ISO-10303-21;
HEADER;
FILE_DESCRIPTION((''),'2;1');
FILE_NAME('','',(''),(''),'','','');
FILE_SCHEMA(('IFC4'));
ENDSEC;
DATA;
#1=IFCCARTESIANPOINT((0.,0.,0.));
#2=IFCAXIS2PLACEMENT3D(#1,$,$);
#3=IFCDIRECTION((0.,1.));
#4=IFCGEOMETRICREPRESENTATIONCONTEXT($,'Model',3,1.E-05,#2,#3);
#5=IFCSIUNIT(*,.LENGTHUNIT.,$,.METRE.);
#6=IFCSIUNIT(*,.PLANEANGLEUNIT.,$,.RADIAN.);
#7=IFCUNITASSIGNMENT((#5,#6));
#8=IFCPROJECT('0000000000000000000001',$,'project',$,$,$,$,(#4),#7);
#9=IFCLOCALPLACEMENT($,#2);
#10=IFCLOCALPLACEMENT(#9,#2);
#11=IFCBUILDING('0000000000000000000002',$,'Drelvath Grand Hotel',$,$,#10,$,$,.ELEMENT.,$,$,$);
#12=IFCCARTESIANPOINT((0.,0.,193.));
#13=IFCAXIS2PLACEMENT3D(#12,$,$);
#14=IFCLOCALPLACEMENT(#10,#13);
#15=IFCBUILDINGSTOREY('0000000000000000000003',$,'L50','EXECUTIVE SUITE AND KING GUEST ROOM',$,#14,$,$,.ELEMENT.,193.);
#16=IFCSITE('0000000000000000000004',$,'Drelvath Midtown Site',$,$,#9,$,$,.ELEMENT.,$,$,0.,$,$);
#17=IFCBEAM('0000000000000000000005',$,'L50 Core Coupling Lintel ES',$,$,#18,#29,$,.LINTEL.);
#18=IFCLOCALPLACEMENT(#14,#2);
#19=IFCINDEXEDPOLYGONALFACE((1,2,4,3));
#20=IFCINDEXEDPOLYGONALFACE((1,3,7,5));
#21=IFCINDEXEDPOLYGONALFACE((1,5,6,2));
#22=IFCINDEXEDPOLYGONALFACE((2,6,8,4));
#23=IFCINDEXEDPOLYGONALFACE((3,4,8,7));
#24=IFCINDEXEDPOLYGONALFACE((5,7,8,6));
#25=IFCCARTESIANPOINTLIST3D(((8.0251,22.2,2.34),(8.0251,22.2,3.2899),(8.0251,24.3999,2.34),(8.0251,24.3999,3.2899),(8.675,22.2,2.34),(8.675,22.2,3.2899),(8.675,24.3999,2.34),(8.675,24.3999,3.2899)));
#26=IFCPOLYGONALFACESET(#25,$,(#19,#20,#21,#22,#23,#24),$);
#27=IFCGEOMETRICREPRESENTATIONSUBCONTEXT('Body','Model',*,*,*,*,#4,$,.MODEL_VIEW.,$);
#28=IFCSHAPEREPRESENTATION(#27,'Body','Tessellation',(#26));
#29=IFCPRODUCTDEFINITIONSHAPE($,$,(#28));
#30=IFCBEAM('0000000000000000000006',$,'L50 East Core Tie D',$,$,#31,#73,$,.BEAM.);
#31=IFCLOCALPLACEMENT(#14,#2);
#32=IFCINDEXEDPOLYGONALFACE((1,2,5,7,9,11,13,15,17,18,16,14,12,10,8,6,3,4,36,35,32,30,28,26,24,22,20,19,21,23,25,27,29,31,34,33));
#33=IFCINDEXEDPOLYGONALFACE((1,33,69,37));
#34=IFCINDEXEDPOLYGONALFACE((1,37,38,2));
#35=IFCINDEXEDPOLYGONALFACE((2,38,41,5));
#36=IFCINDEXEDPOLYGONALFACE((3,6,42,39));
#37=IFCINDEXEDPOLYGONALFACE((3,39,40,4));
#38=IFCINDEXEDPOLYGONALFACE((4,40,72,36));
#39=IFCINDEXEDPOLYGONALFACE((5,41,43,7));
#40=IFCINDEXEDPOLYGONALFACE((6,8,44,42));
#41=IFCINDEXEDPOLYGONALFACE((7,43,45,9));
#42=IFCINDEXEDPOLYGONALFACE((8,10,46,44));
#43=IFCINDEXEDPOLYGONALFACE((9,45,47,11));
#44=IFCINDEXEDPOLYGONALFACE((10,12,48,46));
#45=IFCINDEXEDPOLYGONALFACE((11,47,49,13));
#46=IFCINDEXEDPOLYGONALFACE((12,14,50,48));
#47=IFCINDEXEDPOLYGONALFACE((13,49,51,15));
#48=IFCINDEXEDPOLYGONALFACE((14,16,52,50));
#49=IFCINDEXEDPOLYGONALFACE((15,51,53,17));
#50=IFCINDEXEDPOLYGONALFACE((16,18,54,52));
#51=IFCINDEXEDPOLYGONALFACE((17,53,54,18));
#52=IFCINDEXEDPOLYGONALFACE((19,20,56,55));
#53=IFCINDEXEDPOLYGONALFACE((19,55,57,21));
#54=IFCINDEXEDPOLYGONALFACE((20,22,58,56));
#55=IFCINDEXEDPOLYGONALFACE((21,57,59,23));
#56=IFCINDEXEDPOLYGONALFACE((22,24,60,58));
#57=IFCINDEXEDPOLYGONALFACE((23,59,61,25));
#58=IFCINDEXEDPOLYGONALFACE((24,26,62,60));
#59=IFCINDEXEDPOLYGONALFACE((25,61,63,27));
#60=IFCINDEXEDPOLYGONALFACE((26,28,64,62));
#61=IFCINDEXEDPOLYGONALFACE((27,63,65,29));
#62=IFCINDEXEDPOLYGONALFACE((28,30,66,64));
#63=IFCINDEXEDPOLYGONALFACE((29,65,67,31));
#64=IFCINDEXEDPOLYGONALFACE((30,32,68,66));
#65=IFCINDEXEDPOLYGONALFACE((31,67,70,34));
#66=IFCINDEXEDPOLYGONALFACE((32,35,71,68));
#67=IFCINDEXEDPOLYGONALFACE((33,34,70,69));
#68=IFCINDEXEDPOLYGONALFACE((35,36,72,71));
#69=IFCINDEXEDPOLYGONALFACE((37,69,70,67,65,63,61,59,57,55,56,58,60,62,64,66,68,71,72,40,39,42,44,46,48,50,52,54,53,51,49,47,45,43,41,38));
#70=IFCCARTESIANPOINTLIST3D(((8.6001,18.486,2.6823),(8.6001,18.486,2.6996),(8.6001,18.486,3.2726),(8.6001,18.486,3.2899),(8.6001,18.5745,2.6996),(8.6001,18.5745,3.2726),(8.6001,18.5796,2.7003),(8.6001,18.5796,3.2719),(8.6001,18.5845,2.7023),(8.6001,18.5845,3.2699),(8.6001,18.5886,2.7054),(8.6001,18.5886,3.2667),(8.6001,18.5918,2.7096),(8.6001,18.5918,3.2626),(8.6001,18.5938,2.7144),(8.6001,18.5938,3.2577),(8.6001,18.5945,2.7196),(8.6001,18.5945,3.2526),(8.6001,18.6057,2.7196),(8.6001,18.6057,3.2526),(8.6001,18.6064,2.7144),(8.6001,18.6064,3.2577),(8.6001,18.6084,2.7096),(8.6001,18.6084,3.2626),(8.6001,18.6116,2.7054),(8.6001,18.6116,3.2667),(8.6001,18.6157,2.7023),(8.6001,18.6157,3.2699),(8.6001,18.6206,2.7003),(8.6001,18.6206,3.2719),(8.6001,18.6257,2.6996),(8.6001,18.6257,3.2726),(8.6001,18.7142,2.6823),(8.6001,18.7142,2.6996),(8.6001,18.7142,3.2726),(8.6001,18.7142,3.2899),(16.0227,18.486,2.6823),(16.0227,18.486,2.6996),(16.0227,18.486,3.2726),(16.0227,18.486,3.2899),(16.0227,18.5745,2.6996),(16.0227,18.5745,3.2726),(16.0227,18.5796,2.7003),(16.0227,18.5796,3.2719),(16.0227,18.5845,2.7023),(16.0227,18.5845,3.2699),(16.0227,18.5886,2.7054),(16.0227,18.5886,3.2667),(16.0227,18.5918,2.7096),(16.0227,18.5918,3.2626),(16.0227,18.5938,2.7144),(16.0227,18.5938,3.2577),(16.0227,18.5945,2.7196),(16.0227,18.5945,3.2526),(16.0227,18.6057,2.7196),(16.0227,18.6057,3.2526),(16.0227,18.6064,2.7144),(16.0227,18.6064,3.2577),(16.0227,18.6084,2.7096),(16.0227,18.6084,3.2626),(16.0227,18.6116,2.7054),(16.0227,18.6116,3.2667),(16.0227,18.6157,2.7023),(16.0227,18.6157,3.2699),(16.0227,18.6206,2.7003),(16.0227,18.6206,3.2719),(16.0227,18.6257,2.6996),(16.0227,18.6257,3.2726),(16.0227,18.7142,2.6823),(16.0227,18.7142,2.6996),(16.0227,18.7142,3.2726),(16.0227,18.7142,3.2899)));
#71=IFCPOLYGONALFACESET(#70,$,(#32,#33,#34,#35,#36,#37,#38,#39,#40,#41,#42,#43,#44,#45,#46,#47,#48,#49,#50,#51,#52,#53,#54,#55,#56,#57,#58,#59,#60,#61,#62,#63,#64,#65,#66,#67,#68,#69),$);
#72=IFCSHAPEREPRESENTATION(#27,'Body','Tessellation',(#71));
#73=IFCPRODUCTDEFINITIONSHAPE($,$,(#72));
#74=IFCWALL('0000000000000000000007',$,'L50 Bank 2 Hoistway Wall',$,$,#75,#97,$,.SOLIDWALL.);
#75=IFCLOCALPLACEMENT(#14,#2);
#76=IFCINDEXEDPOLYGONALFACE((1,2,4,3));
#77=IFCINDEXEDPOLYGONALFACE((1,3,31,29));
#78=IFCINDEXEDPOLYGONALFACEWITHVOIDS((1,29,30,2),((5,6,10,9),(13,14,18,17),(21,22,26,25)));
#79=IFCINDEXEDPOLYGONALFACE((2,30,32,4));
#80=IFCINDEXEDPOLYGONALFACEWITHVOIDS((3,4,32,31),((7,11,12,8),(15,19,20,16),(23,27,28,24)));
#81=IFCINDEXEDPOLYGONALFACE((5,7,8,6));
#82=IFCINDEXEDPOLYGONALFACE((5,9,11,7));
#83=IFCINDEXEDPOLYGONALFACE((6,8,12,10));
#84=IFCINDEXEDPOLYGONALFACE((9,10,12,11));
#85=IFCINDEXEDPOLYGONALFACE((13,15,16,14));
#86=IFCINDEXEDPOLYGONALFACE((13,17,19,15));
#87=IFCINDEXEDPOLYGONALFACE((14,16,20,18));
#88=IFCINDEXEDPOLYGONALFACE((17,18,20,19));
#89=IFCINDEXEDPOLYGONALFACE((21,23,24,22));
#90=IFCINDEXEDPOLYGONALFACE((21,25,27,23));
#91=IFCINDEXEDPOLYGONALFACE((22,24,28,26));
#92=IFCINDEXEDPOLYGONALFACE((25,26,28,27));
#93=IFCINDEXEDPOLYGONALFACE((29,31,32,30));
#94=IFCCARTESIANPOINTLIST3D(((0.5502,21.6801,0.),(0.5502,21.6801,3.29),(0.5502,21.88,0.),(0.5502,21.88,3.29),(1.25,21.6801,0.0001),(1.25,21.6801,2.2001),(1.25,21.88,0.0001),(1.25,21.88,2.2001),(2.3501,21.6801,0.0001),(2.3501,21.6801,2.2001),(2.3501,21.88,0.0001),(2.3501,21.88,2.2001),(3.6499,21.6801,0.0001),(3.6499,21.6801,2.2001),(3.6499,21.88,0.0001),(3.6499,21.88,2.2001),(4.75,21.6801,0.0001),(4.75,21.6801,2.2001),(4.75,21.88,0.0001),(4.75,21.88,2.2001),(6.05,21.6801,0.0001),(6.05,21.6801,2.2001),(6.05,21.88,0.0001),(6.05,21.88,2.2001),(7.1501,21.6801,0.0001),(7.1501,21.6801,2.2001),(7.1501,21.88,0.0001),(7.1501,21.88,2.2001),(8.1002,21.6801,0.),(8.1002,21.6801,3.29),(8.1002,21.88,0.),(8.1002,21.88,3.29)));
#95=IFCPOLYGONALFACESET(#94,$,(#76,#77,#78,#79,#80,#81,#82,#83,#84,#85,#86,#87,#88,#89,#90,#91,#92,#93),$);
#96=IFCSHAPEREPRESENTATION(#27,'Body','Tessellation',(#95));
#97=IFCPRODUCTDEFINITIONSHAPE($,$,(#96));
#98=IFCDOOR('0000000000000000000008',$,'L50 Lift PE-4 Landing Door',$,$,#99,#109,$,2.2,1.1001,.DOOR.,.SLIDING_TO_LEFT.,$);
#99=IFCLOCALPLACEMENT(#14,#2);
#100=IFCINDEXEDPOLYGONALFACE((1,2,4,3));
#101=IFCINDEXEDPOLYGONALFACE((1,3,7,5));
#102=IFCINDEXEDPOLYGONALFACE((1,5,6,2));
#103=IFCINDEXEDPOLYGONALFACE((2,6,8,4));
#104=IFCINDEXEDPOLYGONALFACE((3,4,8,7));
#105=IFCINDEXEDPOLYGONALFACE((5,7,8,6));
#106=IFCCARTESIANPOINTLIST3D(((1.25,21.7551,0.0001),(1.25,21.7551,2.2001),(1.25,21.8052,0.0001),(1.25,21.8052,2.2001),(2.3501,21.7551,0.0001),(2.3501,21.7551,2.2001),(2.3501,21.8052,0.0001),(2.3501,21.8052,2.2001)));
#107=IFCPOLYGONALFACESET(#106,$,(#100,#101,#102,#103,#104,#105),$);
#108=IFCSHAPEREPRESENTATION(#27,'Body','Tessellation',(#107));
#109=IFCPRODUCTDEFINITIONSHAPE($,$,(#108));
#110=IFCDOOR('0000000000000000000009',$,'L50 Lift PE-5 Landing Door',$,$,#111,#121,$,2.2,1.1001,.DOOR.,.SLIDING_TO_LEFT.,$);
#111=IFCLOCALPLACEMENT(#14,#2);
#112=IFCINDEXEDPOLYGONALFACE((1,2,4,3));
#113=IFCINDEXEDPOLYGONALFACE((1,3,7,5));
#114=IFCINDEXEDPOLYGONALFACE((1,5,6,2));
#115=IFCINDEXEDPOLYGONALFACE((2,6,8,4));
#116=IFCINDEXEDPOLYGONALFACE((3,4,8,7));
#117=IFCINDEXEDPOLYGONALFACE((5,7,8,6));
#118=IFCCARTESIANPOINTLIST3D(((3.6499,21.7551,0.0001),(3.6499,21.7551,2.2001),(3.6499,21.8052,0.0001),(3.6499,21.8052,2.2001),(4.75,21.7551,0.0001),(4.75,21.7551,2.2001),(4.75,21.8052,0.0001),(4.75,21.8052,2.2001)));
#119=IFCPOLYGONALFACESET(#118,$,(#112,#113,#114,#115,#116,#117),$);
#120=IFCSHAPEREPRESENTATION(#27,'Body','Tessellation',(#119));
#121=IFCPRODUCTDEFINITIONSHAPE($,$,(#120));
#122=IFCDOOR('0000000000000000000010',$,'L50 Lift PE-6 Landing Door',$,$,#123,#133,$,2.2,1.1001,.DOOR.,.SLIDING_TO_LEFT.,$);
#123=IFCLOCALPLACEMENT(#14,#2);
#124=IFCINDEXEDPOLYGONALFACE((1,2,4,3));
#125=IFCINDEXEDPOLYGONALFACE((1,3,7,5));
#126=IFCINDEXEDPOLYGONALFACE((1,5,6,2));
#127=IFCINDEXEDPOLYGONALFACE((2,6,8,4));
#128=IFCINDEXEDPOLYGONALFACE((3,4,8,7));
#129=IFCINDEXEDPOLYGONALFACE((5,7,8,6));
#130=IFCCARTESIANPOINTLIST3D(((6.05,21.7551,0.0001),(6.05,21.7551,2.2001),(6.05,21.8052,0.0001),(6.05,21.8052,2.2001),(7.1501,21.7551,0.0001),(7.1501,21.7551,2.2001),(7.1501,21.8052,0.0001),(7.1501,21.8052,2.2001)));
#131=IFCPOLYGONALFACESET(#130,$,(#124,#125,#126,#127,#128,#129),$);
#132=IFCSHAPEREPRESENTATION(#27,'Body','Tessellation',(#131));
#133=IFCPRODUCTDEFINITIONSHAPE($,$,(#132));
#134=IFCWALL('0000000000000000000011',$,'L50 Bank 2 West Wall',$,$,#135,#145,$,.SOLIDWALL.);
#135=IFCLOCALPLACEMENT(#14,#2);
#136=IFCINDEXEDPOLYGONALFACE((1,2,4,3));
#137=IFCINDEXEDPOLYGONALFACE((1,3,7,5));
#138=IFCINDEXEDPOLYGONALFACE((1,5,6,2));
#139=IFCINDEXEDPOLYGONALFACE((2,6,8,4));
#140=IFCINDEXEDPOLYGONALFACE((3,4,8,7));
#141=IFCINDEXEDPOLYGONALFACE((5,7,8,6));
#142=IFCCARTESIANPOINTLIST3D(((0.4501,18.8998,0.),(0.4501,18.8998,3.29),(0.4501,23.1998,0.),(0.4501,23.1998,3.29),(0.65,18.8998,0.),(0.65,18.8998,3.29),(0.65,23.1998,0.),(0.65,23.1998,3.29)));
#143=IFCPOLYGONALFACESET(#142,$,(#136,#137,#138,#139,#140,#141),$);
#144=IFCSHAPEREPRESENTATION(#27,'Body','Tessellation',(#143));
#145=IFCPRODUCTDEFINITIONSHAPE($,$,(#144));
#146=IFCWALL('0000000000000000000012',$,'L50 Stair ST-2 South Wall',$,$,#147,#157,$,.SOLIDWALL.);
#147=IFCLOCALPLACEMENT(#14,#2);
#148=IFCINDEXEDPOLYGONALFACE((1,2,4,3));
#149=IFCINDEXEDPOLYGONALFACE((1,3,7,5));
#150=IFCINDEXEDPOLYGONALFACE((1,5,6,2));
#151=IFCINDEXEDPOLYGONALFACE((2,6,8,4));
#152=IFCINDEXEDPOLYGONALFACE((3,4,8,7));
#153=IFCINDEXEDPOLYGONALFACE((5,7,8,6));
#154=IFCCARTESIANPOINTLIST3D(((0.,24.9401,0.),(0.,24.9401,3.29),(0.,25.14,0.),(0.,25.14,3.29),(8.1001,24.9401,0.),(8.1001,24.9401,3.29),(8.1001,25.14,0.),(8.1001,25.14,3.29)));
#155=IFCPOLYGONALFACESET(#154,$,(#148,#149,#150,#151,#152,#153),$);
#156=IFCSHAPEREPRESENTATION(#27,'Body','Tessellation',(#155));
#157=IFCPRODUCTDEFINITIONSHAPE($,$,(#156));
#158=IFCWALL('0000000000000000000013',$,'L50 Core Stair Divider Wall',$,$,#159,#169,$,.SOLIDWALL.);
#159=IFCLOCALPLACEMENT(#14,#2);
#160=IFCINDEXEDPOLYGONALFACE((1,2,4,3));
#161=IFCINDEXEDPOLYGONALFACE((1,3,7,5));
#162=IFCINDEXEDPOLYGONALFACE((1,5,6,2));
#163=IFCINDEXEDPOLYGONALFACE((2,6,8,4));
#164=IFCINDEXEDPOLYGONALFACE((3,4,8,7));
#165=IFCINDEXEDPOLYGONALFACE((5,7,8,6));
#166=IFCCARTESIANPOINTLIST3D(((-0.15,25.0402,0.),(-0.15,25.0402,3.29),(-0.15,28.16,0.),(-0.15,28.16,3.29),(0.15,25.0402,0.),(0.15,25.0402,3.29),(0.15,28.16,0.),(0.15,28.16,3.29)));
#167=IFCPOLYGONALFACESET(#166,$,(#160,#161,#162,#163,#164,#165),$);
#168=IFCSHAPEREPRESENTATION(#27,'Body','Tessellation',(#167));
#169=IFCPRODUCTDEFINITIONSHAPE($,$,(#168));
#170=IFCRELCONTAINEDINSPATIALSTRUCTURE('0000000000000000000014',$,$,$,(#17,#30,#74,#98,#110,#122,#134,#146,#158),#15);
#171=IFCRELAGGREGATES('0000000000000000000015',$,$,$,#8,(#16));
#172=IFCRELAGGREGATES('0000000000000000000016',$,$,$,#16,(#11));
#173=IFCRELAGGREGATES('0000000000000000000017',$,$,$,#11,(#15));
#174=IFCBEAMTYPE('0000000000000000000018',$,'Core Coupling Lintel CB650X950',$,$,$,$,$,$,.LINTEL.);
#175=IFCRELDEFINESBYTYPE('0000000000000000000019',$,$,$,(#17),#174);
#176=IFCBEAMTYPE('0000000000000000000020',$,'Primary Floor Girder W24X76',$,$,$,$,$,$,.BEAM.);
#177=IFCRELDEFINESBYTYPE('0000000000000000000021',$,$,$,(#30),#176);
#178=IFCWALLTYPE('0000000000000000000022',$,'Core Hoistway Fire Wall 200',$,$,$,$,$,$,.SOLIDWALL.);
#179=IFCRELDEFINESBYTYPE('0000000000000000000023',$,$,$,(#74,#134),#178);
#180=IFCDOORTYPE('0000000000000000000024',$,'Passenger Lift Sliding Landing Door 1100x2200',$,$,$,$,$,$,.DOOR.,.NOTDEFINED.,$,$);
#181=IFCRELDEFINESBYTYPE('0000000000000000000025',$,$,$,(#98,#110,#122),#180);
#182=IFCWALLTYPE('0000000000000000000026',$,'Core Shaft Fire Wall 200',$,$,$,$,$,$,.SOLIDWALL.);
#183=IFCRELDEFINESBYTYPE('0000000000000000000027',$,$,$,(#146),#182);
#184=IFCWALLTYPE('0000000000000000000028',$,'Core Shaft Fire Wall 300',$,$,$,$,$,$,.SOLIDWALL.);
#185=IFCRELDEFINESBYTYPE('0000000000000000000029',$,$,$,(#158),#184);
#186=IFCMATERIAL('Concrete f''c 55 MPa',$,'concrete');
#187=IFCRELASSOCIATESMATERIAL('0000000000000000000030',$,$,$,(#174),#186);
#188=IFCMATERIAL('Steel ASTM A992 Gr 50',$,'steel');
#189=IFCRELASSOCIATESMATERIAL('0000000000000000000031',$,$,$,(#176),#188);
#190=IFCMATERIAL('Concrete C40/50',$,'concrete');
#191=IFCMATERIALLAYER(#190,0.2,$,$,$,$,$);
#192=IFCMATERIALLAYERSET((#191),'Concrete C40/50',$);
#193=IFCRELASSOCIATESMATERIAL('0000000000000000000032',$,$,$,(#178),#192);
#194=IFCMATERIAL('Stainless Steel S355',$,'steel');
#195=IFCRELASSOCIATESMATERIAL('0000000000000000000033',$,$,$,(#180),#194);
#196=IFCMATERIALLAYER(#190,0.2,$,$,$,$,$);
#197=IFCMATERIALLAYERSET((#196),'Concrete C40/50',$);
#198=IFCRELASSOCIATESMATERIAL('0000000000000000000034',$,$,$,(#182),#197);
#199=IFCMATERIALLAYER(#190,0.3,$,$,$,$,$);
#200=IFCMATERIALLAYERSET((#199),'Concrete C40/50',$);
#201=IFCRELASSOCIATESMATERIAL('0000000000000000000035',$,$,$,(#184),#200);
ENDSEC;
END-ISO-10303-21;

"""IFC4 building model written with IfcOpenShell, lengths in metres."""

from ifc_helpers import new_model, si_unit, direction, frame, frame_2d, origin, origin_2d, place, context, subcontext, project, spatial, rectangle, i_section, extrude, material, layer, layer_set, material_profile, profile_set, type_object, element, fill, save


model = new_model("IFC4")

# Units and contexts
model_context = context("Model", 3, precision=1e-05, world=origin(), true_north=direction((0.0, 1.0)))
body_context = subcontext(model_context, "Body", "Model", "MODEL_VIEW")
ifc_project = project(units=[si_unit("LENGTHUNIT", "METRE"), si_unit("PLANEANGLEUNIT", "RADIAN")], contexts=[model_context])

# Site, building, storey
site_placement = place(None, origin())
site = spatial("IfcSite", under=ifc_project, at=site_placement, Name="Drelvath Midtown Site", CompositionType="ELEMENT", RefElevation=0.0)
building_placement = place(site_placement, origin())
building = spatial("IfcBuilding", under=site, at=building_placement, Name="Drelvath Grand Hotel", CompositionType="ELEMENT")
storey_placement = place(building_placement, frame((0.0, 0.0, 193.0)))
storey = spatial("IfcBuildingStorey", under=building, at=storey_placement, Name="L50", Description="EXECUTIVE SUITE AND KING GUEST ROOM", CompositionType="ELEMENT", Elevation=193.0)

# Beams
ifc_material_1 = material(Name="Concrete f'c 55 MPa", Category="concrete")
ifc_material_profile_1 = material_profile(ifc_material_1, rectangle(XDim=0.6499, YDim=0.95, at=origin_2d()), Name="CB650X950")
ifc_profile_set_1 = profile_set([ifc_material_profile_1], Name="Concrete f'c 55 MPa")
beam_type_1 = type_object("IfcBeamType", Name="Core Coupling Lintel CB650X950", PredefinedType="LINTEL", material=ifc_profile_set_1)
beam_1_placement = place(storey_placement, frame((8.3501, 22.2, 2.8149), z_axis=(0.0, 1.0, 0.0), x_axis=(-1.0, 0.0, 0.0)))
element("IfcBeam", 1, at=beam_1_placement, inside=storey, type_object=beam_type_1, Name="L50 Core Coupling Lintel ES", PredefinedType="LINTEL", context=body_context, shape_type="SweptSolid", body=[
    extrude(rectangle(XDim=0.6499, YDim=0.95, at=origin_2d()), origin(), (0.0, 0.0, 1.0), 2.2),
])
ifc_material_2 = material(Name="Steel ASTM A992 Gr 50", Category="steel")
ifc_material_profile_2 = material_profile(ifc_material_2, i_section(OverallWidth=0.2283, OverallDepth=0.6077, WebThickness=0.0112, FlangeThickness=0.0173, FilletRadius=0.02, at=origin_2d()), Name="W24X76")
ifc_profile_set_2 = profile_set([ifc_material_profile_2], Name="Steel ASTM A992 Gr 50")
beam_type_2 = type_object("IfcBeamType", Name="Primary Floor Girder W24X76", PredefinedType="BEAM", material=ifc_profile_set_2)
beam_2_placement = place(storey_placement, frame((8.6001, 18.6001, 2.9861), z_axis=(1.0, 0.0, 0.0), x_axis=(0.0, 1.0, 0.0)))
element("IfcBeam", 2, at=beam_2_placement, inside=storey, type_object=beam_type_2, Name="L50 East Core Tie D", PredefinedType="BEAM", context=body_context, shape_type="SweptSolid", body=[
    extrude(i_section(OverallWidth=0.2283, OverallDepth=0.6077, WebThickness=0.0112, FlangeThickness=0.0173, FilletRadius=0.02, at=origin_2d()), origin(), (0.0, 0.0, 1.0), 7.4226),
])

# Wall, openings, doors
ifc_material_3 = material(Name="Concrete C40/50", Category="concrete")
ifc_layer_1 = layer(ifc_material_3, 0.2)
ifc_layer_set_1 = layer_set([ifc_layer_1], Name="Concrete C40/50")
wall_type_1 = type_object("IfcWallType", Name="Core Hoistway Fire Wall 200", PredefinedType="SOLIDWALL", material=ifc_layer_set_1)
wall_1_placement = place(storey_placement, frame((8.1001, 21.78, 0.0), z_axis=(0.0, 0.0, 1.0), x_axis=(-1.0, 0.0, 0.0)))
wall_1 = element("IfcWall", 3, at=wall_1_placement, inside=storey, type_object=wall_type_1, Name="L50 Bank 2 Hoistway Wall", PredefinedType="SOLIDWALL", context=body_context, shape_type="SweptSolid", body=[
    extrude(rectangle(XDim=7.55, YDim=0.2, at=frame_2d((3.7749, 0.0))), origin(), (0.0, 0.0, 1.0), 3.29),
])
opening_1_placement = place(wall_1_placement, frame((5.75, 0.0, 0.0)))
opening_1 = element("IfcOpeningElement", 4, at=opening_1_placement, cuts=wall_1, PredefinedType="OPENING", context=body_context, shape_type="SweptSolid", body=[
    extrude(rectangle(XDim=1.1001, YDim=2.2, at=frame_2d((0.55, 1.1001))), frame((0.0, 0.1099, 0.0), z_axis=(0.0, -1.0, 0.0), x_axis=(1.0, 0.0, 0.0)), (0.0, 0.0, 1.0), 0.22),
])
opening_2_placement = place(wall_1_placement, frame((3.3501, 0.0, 0.0)))
opening_2 = element("IfcOpeningElement", 5, at=opening_2_placement, cuts=wall_1, PredefinedType="OPENING", context=body_context, shape_type="SweptSolid", body=[
    extrude(rectangle(XDim=1.1001, YDim=2.2, at=frame_2d((0.55, 1.1001))), frame((0.0, 0.1099, 0.0), z_axis=(0.0, -1.0, 0.0), x_axis=(1.0, 0.0, 0.0)), (0.0, 0.0, 1.0), 0.22),
])
opening_3_placement = place(wall_1_placement, frame((0.95, 0.0, 0.0)))
opening_3 = element("IfcOpeningElement", 6, at=opening_3_placement, cuts=wall_1, PredefinedType="OPENING", context=body_context, shape_type="SweptSolid", body=[
    extrude(rectangle(XDim=1.1001, YDim=2.2, at=frame_2d((0.55, 1.1001))), frame((0.0, 0.1099, 0.0), z_axis=(0.0, -1.0, 0.0), x_axis=(1.0, 0.0, 0.0)), (0.0, 0.0, 1.0), 0.22),
])
ifc_material_4 = material(Name="Stainless Steel S355", Category="steel")
door_type = type_object("IfcDoorType", Name="Passenger Lift Sliding Landing Door 1100x2200", OperationType="NOTDEFINED", PredefinedType="DOOR", material=ifc_material_4)
door_1_placement = place(opening_1_placement, origin())
door_1 = element("IfcDoor", 7, at=door_1_placement, inside=storey, type_object=door_type, Name="L50 Lift PE-4 Landing Door", OperationType="SLIDING_TO_LEFT", OverallHeight=2.2, OverallWidth=1.1001, PredefinedType="DOOR", context=body_context, shape_type="SweptSolid", body=[
    extrude(rectangle(XDim=1.1001, YDim=2.2, at=frame_2d((0.55, 1.1001))), frame((0.0, 0.0249, 0.0), z_axis=(0.0, -1.0, 0.0), x_axis=(1.0, 0.0, 0.0)), (0.0, 0.0, 1.0), 0.05),
])
fill(opening_1, door_1)
door_2_placement = place(opening_2_placement, origin())
door_2 = element("IfcDoor", 8, at=door_2_placement, inside=storey, type_object=door_type, Name="L50 Lift PE-5 Landing Door", OperationType="SLIDING_TO_LEFT", OverallHeight=2.2, OverallWidth=1.1001, PredefinedType="DOOR", context=body_context, shape_type="SweptSolid", body=[
    extrude(rectangle(XDim=1.1001, YDim=2.2, at=frame_2d((0.55, 1.1001))), frame((0.0, 0.0249, 0.0), z_axis=(0.0, -1.0, 0.0), x_axis=(1.0, 0.0, 0.0)), (0.0, 0.0, 1.0), 0.05),
])
fill(opening_2, door_2)
door_3_placement = place(opening_3_placement, origin())
door_3 = element("IfcDoor", 9, at=door_3_placement, inside=storey, type_object=door_type, Name="L50 Lift PE-6 Landing Door", OperationType="SLIDING_TO_LEFT", OverallHeight=2.2, OverallWidth=1.1001, PredefinedType="DOOR", context=body_context, shape_type="SweptSolid", body=[
    extrude(rectangle(XDim=1.1001, YDim=2.2, at=frame_2d((0.55, 1.1001))), frame((0.0, 0.0249, 0.0), z_axis=(0.0, -1.0, 0.0), x_axis=(1.0, 0.0, 0.0)), (0.0, 0.0, 1.0), 0.05),
])
fill(opening_3, door_3)

# Walls
wall_2_placement = place(storey_placement, frame((0.55, 18.8999, 0.0), z_axis=(0.0, 0.0, 1.0), x_axis=(0.0, 1.0, 0.0)))
element("IfcWall", 10, at=wall_2_placement, inside=storey, type_object=wall_type_1, Name="L50 Bank 2 West Wall", PredefinedType="SOLIDWALL", context=body_context, shape_type="SweptSolid", body=[
    extrude(rectangle(XDim=4.3, YDim=0.2, at=frame_2d((2.1499, 0.0))), origin(), (0.0, 0.0, 1.0), 3.29),
])
ifc_layer_2 = layer(ifc_material_3, 0.2)
ifc_layer_set_2 = layer_set([ifc_layer_2], Name="Concrete C40/50")
wall_type_2 = type_object("IfcWallType", Name="Core Shaft Fire Wall 200", PredefinedType="SOLIDWALL", material=ifc_layer_set_2)
wall_3_placement = place(storey_placement, frame((0.0, 25.04, 0.0), z_axis=(0.0, 0.0, 1.0), x_axis=(1.0, 0.0, 0.0)))
element("IfcWall", 11, at=wall_3_placement, inside=storey, type_object=wall_type_2, Name="L50 Stair ST-2 South Wall", PredefinedType="SOLIDWALL", context=body_context, shape_type="SweptSolid", body=[
    extrude(rectangle(XDim=8.1001, YDim=0.2, at=frame_2d((4.05, 0.0))), origin(), (0.0, 0.0, 1.0), 3.29),
])
ifc_layer_3 = layer(ifc_material_3, 0.3)
ifc_layer_set_3 = layer_set([ifc_layer_3], Name="Concrete C40/50")
wall_type_3 = type_object("IfcWallType", Name="Core Shaft Fire Wall 300", PredefinedType="SOLIDWALL", material=ifc_layer_set_3)
wall_4_placement = place(storey_placement, frame((0.0, 25.04, 0.0), z_axis=(0.0, 0.0, 1.0), x_axis=(0.0, 1.0, 0.0)))
element("IfcWall", 12, at=wall_4_placement, inside=storey, type_object=wall_type_3, Name="L50 Core Stair Divider Wall", PredefinedType="SOLIDWALL", context=body_context, shape_type="SweptSolid", body=[
    extrude(rectangle(XDim=3.1199, YDim=0.3, at=frame_2d((1.5601, 0.0))), origin(), (0.0, 0.0, 1.0), 3.29),
])

save(model, "model.ifc")
